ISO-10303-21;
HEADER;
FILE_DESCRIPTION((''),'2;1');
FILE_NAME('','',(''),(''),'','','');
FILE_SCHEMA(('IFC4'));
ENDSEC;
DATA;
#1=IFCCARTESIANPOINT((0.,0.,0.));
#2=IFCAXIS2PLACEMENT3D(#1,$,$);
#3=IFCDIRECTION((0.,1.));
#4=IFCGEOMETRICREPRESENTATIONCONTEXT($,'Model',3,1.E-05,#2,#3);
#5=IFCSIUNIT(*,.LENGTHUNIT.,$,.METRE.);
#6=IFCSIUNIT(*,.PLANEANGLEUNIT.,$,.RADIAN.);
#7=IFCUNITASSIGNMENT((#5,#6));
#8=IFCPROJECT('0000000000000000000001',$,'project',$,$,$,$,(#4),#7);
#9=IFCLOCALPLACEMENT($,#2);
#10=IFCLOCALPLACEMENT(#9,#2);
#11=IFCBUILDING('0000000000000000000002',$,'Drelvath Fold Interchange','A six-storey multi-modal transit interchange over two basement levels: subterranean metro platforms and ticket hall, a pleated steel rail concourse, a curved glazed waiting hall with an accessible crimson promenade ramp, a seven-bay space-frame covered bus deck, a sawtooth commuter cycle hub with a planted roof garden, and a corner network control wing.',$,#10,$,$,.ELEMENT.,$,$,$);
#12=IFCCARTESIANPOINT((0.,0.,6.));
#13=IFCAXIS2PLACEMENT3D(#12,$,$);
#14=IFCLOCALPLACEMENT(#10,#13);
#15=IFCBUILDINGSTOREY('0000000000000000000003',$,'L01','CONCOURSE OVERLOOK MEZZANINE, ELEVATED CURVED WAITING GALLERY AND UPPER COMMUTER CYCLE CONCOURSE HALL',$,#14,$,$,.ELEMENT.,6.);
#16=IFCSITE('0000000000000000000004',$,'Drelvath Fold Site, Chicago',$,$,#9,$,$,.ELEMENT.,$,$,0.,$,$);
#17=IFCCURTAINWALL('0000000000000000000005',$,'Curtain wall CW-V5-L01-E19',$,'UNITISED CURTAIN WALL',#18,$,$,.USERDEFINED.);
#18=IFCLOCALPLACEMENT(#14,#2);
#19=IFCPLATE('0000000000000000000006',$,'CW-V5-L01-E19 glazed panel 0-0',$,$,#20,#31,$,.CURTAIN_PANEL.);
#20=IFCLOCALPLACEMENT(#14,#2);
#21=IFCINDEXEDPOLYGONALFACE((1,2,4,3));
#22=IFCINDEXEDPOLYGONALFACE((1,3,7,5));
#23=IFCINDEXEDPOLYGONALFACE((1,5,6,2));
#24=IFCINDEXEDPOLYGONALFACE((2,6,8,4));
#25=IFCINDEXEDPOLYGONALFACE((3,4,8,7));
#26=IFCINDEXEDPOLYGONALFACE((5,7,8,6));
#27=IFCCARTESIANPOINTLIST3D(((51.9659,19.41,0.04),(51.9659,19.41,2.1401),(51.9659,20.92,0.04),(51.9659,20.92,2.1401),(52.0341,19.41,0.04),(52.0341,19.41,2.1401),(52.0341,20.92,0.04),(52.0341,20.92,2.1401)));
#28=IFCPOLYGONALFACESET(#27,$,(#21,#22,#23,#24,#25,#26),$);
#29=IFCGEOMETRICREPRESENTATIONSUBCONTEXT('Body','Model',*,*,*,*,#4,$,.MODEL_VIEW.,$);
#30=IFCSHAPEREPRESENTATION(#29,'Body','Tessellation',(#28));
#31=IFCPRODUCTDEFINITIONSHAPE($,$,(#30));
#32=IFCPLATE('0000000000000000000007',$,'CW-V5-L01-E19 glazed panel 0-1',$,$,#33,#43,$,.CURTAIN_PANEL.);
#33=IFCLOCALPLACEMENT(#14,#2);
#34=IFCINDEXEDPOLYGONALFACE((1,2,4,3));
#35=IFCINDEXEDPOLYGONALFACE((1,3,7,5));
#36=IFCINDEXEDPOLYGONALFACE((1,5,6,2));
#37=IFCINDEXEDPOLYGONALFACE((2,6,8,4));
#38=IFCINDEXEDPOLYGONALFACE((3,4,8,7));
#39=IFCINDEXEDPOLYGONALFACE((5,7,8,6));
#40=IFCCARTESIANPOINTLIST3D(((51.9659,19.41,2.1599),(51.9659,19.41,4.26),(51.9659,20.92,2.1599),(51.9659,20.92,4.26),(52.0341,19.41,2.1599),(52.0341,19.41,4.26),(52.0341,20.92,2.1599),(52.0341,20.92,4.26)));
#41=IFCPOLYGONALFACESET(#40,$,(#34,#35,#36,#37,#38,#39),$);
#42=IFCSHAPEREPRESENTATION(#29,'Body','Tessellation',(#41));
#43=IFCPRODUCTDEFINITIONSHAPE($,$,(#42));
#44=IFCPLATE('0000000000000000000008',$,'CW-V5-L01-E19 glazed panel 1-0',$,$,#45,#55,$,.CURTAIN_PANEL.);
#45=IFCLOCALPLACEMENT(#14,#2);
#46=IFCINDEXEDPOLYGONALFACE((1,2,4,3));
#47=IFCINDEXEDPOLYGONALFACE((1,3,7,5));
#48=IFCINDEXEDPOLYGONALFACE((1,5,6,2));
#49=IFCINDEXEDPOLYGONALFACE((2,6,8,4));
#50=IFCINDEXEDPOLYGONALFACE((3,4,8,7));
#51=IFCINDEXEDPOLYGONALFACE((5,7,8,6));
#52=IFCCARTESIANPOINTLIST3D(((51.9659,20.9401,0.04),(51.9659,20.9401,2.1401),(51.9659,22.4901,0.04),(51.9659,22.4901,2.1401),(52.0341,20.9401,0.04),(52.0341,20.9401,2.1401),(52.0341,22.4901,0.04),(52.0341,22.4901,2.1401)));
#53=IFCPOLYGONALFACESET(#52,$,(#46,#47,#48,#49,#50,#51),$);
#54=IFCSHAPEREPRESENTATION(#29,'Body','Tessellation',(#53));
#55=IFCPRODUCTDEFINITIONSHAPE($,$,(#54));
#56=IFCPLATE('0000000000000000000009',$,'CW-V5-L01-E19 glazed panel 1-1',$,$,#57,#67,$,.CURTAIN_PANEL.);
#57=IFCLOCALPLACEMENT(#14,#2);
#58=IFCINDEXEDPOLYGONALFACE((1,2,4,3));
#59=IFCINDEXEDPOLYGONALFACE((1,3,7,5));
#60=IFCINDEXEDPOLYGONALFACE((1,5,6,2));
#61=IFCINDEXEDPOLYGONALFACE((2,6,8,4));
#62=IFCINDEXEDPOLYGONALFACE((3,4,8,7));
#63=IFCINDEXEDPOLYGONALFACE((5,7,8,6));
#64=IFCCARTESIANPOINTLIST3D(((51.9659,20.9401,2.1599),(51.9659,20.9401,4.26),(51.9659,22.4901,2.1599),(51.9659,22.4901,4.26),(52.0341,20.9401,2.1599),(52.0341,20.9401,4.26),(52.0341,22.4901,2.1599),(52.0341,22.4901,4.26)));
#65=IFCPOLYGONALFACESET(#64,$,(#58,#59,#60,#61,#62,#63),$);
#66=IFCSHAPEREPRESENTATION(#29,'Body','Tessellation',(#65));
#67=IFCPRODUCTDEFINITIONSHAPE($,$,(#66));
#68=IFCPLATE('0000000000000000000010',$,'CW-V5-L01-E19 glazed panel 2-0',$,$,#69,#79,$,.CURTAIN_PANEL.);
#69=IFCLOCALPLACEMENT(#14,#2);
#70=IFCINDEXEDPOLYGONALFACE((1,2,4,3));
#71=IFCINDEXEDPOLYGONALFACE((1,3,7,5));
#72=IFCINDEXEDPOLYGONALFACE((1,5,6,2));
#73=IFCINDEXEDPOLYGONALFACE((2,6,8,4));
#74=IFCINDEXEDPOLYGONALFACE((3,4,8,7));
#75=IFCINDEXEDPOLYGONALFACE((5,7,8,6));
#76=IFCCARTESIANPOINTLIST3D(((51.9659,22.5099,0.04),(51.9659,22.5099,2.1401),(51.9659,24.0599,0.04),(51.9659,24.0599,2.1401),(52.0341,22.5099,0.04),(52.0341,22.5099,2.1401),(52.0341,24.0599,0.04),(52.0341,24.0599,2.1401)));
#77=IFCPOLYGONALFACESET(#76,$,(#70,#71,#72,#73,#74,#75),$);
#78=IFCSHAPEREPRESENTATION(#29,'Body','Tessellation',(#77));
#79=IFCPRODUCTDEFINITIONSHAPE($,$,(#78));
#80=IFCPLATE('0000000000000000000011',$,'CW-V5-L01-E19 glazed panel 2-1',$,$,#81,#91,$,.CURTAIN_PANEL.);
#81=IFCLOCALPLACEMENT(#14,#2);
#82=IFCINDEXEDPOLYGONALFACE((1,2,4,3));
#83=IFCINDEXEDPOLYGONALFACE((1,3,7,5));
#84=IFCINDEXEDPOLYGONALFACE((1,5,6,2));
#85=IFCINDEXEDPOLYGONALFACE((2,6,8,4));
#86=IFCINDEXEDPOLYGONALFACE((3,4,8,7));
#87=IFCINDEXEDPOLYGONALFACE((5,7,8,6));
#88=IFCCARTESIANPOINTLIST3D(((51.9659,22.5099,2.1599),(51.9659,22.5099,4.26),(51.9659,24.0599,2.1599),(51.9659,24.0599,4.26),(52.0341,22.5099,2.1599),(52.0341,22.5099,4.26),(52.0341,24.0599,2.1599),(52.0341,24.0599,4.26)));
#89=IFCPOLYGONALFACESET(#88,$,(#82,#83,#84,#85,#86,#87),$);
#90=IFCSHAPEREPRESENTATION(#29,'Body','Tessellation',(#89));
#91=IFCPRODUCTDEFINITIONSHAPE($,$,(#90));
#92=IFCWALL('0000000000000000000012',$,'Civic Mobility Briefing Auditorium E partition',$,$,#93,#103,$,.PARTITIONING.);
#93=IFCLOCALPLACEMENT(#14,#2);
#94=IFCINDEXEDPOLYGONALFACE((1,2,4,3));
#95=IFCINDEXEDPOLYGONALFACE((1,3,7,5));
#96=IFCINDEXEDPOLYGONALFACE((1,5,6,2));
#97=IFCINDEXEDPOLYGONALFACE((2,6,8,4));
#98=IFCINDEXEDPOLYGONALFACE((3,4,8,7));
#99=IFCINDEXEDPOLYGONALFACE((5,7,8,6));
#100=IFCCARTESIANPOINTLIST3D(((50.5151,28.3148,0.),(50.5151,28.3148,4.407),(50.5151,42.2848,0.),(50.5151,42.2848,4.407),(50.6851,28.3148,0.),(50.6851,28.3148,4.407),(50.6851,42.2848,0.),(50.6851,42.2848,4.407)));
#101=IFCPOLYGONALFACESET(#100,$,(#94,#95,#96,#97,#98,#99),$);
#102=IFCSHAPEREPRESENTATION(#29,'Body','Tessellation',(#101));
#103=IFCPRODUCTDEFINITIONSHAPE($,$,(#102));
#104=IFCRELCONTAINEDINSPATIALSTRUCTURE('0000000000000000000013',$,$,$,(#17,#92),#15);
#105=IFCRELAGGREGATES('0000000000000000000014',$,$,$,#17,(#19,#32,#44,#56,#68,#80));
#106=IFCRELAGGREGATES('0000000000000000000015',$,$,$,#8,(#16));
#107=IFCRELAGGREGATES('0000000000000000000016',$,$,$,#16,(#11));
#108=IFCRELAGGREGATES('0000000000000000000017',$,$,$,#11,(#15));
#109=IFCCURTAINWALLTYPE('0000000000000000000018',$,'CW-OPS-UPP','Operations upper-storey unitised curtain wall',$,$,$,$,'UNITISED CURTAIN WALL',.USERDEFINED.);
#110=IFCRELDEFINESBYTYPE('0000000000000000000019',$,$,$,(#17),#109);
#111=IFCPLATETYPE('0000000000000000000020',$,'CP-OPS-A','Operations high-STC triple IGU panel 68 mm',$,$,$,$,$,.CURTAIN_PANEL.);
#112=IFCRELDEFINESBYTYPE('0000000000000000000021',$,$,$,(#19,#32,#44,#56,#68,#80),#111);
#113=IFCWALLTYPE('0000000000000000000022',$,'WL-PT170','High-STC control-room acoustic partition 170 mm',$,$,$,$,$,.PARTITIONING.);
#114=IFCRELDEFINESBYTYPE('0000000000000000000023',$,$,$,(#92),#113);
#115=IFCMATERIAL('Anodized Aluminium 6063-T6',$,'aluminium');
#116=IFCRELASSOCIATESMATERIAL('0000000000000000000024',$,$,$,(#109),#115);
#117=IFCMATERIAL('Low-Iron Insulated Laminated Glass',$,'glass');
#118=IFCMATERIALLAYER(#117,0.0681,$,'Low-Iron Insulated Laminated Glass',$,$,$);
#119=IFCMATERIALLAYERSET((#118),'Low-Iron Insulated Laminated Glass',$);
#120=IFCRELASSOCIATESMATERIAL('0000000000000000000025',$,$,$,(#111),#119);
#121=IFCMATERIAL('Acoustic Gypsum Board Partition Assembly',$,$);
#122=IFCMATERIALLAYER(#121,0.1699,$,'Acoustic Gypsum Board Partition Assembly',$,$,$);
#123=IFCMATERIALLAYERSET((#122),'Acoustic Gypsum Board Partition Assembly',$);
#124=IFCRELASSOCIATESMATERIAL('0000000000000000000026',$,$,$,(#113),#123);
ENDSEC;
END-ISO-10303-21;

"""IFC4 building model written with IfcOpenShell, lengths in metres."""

from ifc_helpers import new_model, si_unit, direction, frame, frame_2d, origin, origin_2d, place, context, subcontext, project, spatial, rectangle, extrude, material, layer, layer_set, type_object, element, aggregate, save


model = new_model("IFC4")

# Units and contexts
model_context = context("Model", 3, precision=1e-05, world=origin(), true_north=direction((0.0, 1.0)))
body_context = subcontext(model_context, "Body", "Model", "MODEL_VIEW")
ifc_project = project(units=[si_unit("LENGTHUNIT", "METRE"), si_unit("PLANEANGLEUNIT", "RADIAN")], contexts=[model_context])

# Site, building, storey
site_placement = place(None, origin())
site = spatial("IfcSite", under=ifc_project, at=site_placement, Name="Drelvath Fold Site, Chicago", CompositionType="ELEMENT", RefElevation=0.0)
building_placement = place(site_placement, origin())
building = spatial("IfcBuilding", under=site, at=building_placement, Name="Drelvath Fold Interchange", Description="A six-storey multi-modal transit interchange over two basement levels: subterranean metro platforms and ticket hall, a pleated steel rail concourse, a curved glazed waiting hall with an accessible crimson promenade ramp, a seven-bay space-frame covered bus deck, a sawtooth commuter cycle hub with a planted roof garden, and a corner network control wing.", CompositionType="ELEMENT")
storey_placement = place(building_placement, frame((0.0, 0.0, 6.0)))
storey = spatial("IfcBuildingStorey", under=building, at=storey_placement, Name="L01", Description="CONCOURSE OVERLOOK MEZZANINE, ELEVATED CURVED WAITING GALLERY AND UPPER COMMUTER CYCLE CONCOURSE HALL", CompositionType="ELEMENT", Elevation=6.0)

# Curtain wall, plates
ifc_material_1 = material(Name="Anodized Aluminium 6063-T6", Category="aluminium")
curtain_wall_type = type_object("IfcCurtainWallType", Name="CW-OPS-UPP", Description="Operations upper-storey unitised curtain wall", ElementType="UNITISED CURTAIN WALL", PredefinedType="USERDEFINED", material=ifc_material_1)
curtain_wall_placement = place(storey_placement, origin())
curtain_wall = element("IfcCurtainWall", 1, at=curtain_wall_placement, inside=storey, type_object=curtain_wall_type, Name="Curtain wall CW-V5-L01-E19", ObjectType="UNITISED CURTAIN WALL", PredefinedType="USERDEFINED")
ifc_material_2 = material(Name="Low-Iron Insulated Laminated Glass", Category="glass")
ifc_layer_1 = layer(ifc_material_2, 0.0681, Name="Low-Iron Insulated Laminated Glass")
ifc_layer_set_1 = layer_set([ifc_layer_1], Name="Low-Iron Insulated Laminated Glass")
plate_type = type_object("IfcPlateType", Name="CP-OPS-A", Description="Operations high-STC triple IGU panel 68 mm", PredefinedType="CURTAIN_PANEL", material=ifc_layer_set_1)
plate_1_placement = place(storey_placement, frame((52.0, 20.165, 0.04), z_axis=(0.0, 0.0, 1.0), x_axis=(0.0, 1.0, 0.0)))
plate_1 = element("IfcPlate", 2, at=plate_1_placement, type_object=plate_type, Name="CW-V5-L01-E19 glazed panel 0-0", PredefinedType="CURTAIN_PANEL", context=body_context, shape_type="SweptSolid", body=[
    extrude(rectangle(XDim=1.51, YDim=0.0681, at=origin_2d()), origin(), (0.0, 0.0, 1.0), 2.1001),
])
plate_2_placement = place(storey_placement, frame((52.0, 20.165, 2.1599), z_axis=(0.0, 0.0, 1.0), x_axis=(0.0, 1.0, 0.0)))
plate_2 = element("IfcPlate", 3, at=plate_2_placement, type_object=plate_type, Name="CW-V5-L01-E19 glazed panel 0-1", PredefinedType="CURTAIN_PANEL", context=body_context, shape_type="SweptSolid", body=[
    extrude(rectangle(XDim=1.51, YDim=0.0681, at=origin_2d()), origin(), (0.0, 0.0, 1.0), 2.1001),
])
plate_3_placement = place(storey_placement, frame((52.0, 21.7151, 0.04), z_axis=(0.0, 0.0, 1.0), x_axis=(0.0, 1.0, 0.0)))
plate_3 = element("IfcPlate", 4, at=plate_3_placement, type_object=plate_type, Name="CW-V5-L01-E19 glazed panel 1-0", PredefinedType="CURTAIN_PANEL", context=body_context, shape_type="SweptSolid", body=[
    extrude(rectangle(XDim=1.55, YDim=0.0681, at=origin_2d()), origin(), (0.0, 0.0, 1.0), 2.1001),
])
plate_4_placement = place(storey_placement, frame((52.0, 21.7151, 2.1599), z_axis=(0.0, 0.0, 1.0), x_axis=(0.0, 1.0, 0.0)))
plate_4 = element("IfcPlate", 5, at=plate_4_placement, type_object=plate_type, Name="CW-V5-L01-E19 glazed panel 1-1", PredefinedType="CURTAIN_PANEL", context=body_context, shape_type="SweptSolid", body=[
    extrude(rectangle(XDim=1.55, YDim=0.0681, at=origin_2d()), origin(), (0.0, 0.0, 1.0), 2.1001),
])
plate_5_placement = place(storey_placement, frame((52.0, 23.2849, 0.04), z_axis=(0.0, 0.0, 1.0), x_axis=(0.0, 1.0, 0.0)))
plate_5 = element("IfcPlate", 6, at=plate_5_placement, type_object=plate_type, Name="CW-V5-L01-E19 glazed panel 2-0", PredefinedType="CURTAIN_PANEL", context=body_context, shape_type="SweptSolid", body=[
    extrude(rectangle(XDim=1.55, YDim=0.0681, at=origin_2d()), origin(), (0.0, 0.0, 1.0), 2.1001),
])
plate_6_placement = place(storey_placement, frame((52.0, 23.2849, 2.1599), z_axis=(0.0, 0.0, 1.0), x_axis=(0.0, 1.0, 0.0)))
plate_6 = element("IfcPlate", 7, at=plate_6_placement, type_object=plate_type, Name="CW-V5-L01-E19 glazed panel 2-1", PredefinedType="CURTAIN_PANEL", context=body_context, shape_type="SweptSolid", body=[
    extrude(rectangle(XDim=1.55, YDim=0.0681, at=origin_2d()), origin(), (0.0, 0.0, 1.0), 2.1001),
])
aggregate(curtain_wall, [plate_1, plate_2, plate_3, plate_4, plate_5, plate_6])

# Wall
ifc_material_3 = material(Name="Acoustic Gypsum Board Partition Assembly")
ifc_layer_2 = layer(ifc_material_3, 0.1699, Name="Acoustic Gypsum Board Partition Assembly")
ifc_layer_set_2 = layer_set([ifc_layer_2], Name="Acoustic Gypsum Board Partition Assembly")
wall_type = type_object("IfcWallType", Name="WL-PT170", Description="High-STC control-room acoustic partition 170 mm", PredefinedType="PARTITIONING", material=ifc_layer_set_2)
wall_placement = place(storey_placement, frame((50.6001, 28.3149, 0.0), z_axis=(0.0, 0.0, 1.0), x_axis=(0.0, 1.0, 0.0)))
element("IfcWall", 8, at=wall_placement, inside=storey, type_object=wall_type, Name="Civic Mobility Briefing Auditorium E partition", PredefinedType="PARTITIONING", context=body_context, shape_type="SweptSolid", body=[
    extrude(rectangle(XDim=13.97, YDim=0.1699, at=frame_2d((6.9849, 0.0))), origin(), (0.0, 0.0, 1.0), 4.407),
])

save(model, "model.ifc")
